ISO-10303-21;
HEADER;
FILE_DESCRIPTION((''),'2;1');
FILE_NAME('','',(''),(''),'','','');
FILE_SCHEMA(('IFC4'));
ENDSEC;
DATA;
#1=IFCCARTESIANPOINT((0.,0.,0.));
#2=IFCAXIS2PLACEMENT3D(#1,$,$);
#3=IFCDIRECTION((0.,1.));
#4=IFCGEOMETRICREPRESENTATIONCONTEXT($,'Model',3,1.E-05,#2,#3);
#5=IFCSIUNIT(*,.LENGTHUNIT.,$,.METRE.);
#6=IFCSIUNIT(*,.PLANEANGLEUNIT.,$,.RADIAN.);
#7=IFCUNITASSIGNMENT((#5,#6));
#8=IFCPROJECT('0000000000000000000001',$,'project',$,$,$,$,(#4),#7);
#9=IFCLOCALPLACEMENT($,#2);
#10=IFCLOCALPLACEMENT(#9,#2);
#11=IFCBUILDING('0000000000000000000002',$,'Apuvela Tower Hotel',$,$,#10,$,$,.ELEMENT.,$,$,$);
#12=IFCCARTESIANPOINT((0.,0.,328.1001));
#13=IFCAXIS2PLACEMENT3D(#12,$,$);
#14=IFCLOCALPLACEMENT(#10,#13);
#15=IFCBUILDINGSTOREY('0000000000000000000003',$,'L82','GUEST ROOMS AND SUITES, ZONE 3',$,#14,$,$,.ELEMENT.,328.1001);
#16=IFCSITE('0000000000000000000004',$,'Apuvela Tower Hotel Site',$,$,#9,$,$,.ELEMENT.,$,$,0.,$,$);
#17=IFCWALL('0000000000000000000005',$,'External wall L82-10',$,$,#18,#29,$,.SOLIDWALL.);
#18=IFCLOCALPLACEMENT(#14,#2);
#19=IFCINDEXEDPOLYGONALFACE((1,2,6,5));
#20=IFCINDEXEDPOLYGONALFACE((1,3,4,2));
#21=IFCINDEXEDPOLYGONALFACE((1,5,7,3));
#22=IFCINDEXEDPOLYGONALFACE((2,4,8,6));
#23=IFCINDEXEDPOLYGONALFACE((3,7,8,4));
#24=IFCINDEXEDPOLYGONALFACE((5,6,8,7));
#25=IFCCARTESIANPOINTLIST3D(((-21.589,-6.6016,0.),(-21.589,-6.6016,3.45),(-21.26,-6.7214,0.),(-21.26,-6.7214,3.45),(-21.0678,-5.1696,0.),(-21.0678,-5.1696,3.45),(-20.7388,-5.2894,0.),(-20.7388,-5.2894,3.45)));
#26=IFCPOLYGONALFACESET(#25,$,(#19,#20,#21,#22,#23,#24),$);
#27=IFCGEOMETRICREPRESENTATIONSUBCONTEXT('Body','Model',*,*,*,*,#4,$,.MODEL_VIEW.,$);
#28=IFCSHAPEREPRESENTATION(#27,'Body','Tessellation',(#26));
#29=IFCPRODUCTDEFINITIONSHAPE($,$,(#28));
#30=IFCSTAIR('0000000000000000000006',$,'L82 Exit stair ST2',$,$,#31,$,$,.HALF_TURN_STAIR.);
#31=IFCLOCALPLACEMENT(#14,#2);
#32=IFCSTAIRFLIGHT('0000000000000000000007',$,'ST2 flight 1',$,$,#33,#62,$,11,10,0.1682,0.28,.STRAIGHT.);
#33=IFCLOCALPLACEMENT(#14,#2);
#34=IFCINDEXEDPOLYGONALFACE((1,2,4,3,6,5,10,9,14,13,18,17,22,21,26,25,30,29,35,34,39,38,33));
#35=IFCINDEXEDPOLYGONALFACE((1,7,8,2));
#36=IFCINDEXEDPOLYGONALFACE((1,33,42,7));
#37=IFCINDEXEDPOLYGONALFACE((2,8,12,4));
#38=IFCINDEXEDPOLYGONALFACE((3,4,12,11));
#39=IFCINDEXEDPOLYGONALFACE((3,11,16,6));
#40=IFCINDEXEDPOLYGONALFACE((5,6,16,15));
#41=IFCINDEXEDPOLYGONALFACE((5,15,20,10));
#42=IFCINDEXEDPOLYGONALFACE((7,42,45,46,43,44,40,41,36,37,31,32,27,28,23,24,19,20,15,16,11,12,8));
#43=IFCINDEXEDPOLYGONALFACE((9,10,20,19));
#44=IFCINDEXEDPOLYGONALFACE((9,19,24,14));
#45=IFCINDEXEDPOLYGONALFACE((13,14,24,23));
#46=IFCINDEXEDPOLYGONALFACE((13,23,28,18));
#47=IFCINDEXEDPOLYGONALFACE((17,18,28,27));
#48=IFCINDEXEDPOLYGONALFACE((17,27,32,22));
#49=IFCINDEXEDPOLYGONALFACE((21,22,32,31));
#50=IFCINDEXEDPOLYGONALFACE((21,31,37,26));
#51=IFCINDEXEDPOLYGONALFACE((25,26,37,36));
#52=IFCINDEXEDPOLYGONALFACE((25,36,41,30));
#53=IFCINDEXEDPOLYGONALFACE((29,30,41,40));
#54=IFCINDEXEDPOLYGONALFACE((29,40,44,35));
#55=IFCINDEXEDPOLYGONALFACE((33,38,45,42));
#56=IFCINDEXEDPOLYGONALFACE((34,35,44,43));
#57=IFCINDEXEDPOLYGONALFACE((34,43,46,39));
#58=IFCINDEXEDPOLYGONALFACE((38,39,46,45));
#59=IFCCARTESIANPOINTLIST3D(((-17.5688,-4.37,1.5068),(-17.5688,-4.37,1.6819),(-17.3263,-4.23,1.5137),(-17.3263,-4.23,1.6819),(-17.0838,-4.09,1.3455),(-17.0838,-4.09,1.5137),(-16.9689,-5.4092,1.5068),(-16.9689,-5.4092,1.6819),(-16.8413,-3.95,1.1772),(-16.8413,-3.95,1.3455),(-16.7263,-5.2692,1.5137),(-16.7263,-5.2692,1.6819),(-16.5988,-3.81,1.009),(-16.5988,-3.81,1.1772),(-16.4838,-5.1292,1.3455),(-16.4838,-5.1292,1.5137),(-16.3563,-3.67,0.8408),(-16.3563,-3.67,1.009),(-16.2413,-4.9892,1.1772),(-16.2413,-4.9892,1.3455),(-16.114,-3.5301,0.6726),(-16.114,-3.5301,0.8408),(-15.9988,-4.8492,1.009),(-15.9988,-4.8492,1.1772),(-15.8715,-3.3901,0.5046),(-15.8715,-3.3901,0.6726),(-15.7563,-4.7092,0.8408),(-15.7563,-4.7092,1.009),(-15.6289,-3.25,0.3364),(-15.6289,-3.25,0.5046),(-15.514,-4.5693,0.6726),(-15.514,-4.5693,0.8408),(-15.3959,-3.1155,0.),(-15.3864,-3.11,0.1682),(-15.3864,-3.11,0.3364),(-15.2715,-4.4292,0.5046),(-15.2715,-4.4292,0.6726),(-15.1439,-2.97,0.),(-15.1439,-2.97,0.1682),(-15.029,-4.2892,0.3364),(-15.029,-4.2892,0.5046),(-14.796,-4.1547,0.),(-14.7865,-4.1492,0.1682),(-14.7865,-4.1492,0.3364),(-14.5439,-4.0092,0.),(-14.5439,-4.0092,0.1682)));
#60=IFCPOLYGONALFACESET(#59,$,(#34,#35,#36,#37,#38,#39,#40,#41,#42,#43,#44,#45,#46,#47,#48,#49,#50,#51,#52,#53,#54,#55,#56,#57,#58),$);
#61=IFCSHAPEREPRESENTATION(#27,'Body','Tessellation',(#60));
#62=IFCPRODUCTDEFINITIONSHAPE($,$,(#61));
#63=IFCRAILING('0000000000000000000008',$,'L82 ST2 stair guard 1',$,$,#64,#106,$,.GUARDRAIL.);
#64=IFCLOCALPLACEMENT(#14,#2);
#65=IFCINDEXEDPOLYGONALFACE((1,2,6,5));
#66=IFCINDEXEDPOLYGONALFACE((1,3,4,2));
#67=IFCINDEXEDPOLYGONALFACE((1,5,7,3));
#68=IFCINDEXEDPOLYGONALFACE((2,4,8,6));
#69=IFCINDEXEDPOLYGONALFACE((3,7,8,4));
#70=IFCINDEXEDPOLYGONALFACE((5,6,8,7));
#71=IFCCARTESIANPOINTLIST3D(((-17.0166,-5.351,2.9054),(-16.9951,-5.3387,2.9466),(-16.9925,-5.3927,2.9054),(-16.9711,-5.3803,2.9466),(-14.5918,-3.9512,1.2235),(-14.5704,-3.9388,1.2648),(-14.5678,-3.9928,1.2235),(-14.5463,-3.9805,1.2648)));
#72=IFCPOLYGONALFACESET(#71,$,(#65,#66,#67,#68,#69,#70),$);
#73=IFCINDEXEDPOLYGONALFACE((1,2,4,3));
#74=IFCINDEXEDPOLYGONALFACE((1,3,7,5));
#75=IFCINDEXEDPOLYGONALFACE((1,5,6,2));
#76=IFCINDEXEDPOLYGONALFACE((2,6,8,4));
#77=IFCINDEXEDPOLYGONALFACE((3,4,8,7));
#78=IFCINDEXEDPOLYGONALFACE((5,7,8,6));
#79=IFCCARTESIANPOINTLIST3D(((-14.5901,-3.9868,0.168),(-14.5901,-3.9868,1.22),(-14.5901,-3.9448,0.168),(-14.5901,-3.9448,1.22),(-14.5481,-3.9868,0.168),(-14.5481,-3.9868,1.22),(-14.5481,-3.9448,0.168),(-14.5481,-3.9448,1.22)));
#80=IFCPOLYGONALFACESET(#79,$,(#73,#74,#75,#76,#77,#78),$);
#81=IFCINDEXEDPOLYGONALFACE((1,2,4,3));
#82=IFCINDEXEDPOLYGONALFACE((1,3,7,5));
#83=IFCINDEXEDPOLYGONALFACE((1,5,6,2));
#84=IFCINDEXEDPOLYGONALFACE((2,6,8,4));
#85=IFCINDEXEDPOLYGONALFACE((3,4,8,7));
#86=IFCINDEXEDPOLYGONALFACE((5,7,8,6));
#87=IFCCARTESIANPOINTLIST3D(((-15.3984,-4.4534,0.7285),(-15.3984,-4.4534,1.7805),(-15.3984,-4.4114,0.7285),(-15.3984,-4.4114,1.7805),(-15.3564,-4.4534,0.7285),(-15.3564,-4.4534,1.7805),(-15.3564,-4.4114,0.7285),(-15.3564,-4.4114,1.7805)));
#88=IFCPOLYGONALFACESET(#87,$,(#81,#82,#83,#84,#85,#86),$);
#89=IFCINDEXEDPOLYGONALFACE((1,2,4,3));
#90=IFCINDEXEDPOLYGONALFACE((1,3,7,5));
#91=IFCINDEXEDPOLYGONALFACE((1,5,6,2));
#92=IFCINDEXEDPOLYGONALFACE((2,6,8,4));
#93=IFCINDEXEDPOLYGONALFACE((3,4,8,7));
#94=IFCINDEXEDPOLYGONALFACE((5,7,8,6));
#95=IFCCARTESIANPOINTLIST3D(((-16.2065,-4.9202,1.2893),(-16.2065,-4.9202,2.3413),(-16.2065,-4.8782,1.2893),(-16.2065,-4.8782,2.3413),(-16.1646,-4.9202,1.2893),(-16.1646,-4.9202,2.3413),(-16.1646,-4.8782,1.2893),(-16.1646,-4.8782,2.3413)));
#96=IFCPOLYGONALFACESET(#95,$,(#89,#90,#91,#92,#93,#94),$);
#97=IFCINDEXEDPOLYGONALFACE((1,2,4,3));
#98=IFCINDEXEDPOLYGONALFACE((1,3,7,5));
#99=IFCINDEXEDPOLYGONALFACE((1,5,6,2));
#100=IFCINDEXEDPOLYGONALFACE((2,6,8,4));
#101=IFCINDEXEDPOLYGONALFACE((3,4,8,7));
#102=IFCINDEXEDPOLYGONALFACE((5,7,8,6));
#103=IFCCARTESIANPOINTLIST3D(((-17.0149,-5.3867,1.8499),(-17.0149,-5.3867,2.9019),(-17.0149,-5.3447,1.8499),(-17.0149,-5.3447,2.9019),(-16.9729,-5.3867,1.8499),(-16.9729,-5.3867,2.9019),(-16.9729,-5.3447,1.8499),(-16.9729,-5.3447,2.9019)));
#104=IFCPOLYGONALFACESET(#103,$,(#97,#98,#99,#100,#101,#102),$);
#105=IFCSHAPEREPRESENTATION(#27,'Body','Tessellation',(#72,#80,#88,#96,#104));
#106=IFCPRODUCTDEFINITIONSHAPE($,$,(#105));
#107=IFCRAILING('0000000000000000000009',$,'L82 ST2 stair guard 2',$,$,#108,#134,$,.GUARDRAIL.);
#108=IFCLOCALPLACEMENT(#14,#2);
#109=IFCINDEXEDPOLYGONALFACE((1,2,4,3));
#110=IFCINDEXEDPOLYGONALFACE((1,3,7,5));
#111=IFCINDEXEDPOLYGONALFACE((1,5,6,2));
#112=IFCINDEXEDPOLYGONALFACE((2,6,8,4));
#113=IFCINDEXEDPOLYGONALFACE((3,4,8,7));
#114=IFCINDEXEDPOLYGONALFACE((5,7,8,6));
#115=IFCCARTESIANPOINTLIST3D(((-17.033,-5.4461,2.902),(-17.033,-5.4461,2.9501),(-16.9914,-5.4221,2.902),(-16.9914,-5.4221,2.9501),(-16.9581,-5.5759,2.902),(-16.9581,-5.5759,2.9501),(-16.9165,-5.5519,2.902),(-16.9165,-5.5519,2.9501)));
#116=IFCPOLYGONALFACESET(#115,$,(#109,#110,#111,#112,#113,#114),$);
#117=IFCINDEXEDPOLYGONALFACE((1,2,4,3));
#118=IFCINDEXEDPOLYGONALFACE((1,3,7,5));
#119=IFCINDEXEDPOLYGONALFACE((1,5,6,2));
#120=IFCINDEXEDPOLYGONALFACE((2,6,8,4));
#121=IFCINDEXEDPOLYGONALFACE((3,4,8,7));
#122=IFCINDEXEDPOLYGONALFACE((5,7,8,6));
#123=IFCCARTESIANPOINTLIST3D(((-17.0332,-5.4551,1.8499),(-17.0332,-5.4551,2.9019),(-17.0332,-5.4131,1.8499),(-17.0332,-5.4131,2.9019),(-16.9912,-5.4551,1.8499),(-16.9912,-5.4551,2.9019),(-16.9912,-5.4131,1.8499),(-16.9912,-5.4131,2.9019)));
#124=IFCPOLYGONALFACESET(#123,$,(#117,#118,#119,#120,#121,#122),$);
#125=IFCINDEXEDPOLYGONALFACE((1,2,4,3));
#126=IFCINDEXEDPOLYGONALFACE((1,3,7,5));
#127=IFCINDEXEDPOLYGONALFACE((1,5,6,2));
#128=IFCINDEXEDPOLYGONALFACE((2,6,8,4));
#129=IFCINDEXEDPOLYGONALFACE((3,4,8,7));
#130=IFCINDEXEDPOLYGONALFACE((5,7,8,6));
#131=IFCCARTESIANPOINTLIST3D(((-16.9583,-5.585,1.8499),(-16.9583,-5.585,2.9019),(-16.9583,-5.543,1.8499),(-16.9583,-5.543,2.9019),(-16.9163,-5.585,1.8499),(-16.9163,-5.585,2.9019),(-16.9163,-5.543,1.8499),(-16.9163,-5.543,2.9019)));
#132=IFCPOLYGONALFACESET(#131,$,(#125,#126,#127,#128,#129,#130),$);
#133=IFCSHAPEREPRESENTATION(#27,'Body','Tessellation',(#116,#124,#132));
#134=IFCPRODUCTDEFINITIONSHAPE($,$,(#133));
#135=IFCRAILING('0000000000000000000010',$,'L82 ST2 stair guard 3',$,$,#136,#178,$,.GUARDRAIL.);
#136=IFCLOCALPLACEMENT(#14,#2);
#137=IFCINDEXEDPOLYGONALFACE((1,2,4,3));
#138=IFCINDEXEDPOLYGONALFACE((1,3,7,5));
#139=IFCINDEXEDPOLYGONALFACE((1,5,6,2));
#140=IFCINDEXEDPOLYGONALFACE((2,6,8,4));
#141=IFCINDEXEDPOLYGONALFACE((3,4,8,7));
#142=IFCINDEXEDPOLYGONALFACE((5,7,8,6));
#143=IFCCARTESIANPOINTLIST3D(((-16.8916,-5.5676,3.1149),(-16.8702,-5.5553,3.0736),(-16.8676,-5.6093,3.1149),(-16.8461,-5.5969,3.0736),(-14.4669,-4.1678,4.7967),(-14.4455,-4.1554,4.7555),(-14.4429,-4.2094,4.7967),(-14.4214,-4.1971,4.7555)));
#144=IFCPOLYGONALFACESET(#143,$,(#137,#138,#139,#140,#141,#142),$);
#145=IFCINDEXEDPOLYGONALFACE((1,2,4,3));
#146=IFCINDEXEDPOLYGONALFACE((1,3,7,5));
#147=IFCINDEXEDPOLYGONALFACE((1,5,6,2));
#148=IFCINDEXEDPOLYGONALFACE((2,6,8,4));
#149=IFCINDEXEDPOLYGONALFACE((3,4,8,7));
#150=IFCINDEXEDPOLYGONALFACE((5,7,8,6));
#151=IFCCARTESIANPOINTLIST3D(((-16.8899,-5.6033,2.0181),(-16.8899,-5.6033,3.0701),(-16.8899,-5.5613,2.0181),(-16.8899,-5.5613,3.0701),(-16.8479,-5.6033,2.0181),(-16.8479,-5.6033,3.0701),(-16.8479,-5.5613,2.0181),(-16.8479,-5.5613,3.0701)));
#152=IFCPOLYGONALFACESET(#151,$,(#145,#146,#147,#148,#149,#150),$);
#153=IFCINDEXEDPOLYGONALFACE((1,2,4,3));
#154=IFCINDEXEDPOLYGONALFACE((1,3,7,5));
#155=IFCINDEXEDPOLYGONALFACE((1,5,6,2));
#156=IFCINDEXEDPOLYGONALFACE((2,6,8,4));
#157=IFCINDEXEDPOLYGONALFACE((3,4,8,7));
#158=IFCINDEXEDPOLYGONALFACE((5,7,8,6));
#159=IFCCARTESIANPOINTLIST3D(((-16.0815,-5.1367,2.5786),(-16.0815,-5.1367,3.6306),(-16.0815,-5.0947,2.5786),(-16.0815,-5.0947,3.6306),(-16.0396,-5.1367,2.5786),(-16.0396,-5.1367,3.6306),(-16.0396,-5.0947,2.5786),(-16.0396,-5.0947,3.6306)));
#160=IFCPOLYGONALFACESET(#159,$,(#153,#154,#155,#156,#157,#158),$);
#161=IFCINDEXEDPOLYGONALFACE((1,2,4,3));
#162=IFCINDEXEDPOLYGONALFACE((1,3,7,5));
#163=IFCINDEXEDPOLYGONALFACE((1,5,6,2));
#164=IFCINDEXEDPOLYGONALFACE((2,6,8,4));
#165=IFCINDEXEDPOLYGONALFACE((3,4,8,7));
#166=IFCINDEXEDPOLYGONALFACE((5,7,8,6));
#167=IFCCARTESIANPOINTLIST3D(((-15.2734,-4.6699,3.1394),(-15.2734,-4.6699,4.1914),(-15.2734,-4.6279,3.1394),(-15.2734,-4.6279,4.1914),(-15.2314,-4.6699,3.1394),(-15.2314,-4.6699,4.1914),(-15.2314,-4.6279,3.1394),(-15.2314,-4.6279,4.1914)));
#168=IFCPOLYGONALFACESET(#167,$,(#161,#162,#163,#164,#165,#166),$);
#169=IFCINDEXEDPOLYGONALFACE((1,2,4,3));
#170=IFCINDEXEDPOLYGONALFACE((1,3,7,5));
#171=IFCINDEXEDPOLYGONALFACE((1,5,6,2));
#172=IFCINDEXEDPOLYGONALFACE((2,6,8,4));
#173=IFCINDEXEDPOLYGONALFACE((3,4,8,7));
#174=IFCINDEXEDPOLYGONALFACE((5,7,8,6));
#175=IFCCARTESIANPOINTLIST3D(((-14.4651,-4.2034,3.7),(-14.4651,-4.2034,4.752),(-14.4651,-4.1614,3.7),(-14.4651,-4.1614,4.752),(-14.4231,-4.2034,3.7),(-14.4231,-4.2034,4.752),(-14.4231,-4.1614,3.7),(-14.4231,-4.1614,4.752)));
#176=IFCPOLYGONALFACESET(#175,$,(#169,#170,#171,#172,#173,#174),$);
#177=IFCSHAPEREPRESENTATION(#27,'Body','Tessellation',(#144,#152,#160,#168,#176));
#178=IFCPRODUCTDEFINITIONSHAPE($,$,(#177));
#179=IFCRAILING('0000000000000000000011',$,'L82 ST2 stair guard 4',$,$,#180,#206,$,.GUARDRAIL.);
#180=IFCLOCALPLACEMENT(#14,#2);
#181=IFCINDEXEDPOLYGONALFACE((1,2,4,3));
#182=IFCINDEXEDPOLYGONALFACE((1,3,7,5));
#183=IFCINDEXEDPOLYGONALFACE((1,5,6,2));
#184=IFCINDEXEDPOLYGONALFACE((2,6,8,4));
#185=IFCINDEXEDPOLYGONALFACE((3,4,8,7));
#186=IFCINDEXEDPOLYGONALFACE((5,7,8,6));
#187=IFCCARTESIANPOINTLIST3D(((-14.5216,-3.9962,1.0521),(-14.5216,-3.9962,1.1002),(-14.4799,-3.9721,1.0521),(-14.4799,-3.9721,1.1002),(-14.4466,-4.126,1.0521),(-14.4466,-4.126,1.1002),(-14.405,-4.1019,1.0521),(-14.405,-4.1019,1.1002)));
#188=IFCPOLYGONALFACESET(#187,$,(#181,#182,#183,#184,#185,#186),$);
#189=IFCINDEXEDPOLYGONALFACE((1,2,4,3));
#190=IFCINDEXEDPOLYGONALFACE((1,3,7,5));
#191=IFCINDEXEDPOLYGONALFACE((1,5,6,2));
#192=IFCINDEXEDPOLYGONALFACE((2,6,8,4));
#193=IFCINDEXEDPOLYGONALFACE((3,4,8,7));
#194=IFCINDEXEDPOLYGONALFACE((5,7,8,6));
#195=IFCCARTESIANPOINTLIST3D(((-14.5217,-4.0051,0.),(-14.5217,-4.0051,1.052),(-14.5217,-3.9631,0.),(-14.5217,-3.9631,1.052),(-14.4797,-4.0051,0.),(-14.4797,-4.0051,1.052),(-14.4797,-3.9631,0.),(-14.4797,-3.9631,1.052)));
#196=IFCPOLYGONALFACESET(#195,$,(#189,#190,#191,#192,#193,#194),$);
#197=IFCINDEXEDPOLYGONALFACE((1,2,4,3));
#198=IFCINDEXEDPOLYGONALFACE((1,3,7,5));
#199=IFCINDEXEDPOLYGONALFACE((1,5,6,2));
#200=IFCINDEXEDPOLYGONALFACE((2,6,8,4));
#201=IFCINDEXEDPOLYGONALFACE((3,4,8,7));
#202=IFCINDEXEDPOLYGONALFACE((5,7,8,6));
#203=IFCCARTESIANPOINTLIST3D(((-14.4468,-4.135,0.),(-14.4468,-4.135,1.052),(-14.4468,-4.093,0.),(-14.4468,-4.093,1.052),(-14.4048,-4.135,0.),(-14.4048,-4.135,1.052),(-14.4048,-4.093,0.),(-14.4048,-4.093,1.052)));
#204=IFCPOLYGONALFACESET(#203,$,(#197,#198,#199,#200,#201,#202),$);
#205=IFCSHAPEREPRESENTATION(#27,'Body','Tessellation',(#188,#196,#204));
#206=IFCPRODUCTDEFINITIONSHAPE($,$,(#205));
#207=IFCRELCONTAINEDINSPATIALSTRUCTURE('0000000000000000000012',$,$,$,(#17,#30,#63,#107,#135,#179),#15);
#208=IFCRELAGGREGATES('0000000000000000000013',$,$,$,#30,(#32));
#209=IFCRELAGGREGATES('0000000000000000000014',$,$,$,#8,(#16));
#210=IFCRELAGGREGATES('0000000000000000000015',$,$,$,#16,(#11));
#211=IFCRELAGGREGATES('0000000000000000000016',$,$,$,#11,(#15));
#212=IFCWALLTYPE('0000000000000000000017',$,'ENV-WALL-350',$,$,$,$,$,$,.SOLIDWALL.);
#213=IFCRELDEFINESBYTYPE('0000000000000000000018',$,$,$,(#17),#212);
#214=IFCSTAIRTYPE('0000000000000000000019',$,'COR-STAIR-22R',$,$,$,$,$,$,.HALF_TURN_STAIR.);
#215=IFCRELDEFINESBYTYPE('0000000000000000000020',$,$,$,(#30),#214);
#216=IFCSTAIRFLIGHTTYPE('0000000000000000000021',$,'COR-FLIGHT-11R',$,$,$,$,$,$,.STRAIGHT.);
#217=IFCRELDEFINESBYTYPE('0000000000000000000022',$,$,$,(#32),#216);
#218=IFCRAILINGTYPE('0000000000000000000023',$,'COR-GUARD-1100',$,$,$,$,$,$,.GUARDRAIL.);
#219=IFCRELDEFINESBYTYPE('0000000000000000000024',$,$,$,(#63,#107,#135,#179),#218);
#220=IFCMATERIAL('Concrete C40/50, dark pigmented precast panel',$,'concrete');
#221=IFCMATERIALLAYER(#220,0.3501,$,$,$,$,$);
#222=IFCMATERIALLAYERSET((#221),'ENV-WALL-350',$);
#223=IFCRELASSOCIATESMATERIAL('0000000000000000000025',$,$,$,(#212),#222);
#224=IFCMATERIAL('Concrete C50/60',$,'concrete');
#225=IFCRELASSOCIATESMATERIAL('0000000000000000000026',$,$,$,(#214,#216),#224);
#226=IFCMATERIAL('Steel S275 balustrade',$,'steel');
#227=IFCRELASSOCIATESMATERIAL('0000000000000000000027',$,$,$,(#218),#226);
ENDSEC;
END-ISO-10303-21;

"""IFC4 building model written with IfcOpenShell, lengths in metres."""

from ifc_helpers import new_model, si_unit, direction, frame, frame_2d, origin, origin_2d, place, context, subcontext, project, spatial, polyline, rectangle, outline, extrude, material, layer, layer_set, type_object, element, aggregate, save


model = new_model("IFC4")

# Units and contexts
model_context = context("Model", 3, precision=1e-05, world=origin(), true_north=direction((0.0, 1.0)))
body_context = subcontext(model_context, "Body", "Model", "MODEL_VIEW")
ifc_project = project(units=[si_unit("LENGTHUNIT", "METRE"), si_unit("PLANEANGLEUNIT", "RADIAN")], contexts=[model_context])

# Site, building, storey
site_placement = place(None, origin())
site = spatial("IfcSite", under=ifc_project, at=site_placement, Name="Apuvela Tower Hotel Site", CompositionType="ELEMENT", RefElevation=0.0)
building_placement = place(site_placement, origin())
building = spatial("IfcBuilding", under=site, at=building_placement, Name="Apuvela Tower Hotel", CompositionType="ELEMENT")
storey_placement = place(building_placement, frame((0.0, 0.0, 328.1001)))
storey = spatial("IfcBuildingStorey", under=building, at=storey_placement, Name="L82", Description="GUEST ROOMS AND SUITES, ZONE 3", CompositionType="ELEMENT", Elevation=328.1001)

# Shared definitions
ifc_material_1 = material(Name="Concrete C50/60", Category="concrete")

# Shared definitions
ifc_material_2 = material(Name="Concrete C40/50, dark pigmented precast panel", Category="concrete")
ifc_layer_1 = layer(ifc_material_2, 0.3501)
ifc_layer_set_1 = layer_set([ifc_layer_1], Name="ENV-WALL-350")
wall_type_1 = type_object("IfcWallType", Name="ENV-WALL-350", PredefinedType="SOLIDWALL", material=ifc_layer_set_1)

# Wall
wall_1_placement = place(storey_placement, frame((-20.9033, -5.2295, 0.0), z_axis=(0.0, 0.0, 1.0), x_axis=(-0.342013, -0.939695, 0.0)))
element("IfcWall", 1, at=wall_1_placement, inside=storey, type_object=wall_type_1, Name="External wall L82-10", PredefinedType="SOLIDWALL", context=body_context, shape_type="SweptSolid", body=[
    extrude(rectangle(XDim=1.5239, YDim=0.3501, at=frame_2d((0.762, 0.0))), origin(), (0.0, 0.0, 1.0), 3.45),
])

# Stair, stair flight
stair_type = type_object("IfcStairType", Name="COR-STAIR-22R", PredefinedType="HALF_TURN_STAIR", material=ifc_material_1)
stair_placement = place(storey_placement, origin())
stair = element("IfcStair", 2, at=stair_placement, inside=storey, type_object=stair_type, Name="L82 Exit stair ST2", PredefinedType="HALF_TURN_STAIR")
stair_flight_type = type_object("IfcStairFlightType", Name="COR-FLIGHT-11R", PredefinedType="STRAIGHT", material=ifc_material_1)
stair_flight_placement = place(storey_placement, frame((-14.844, -3.4895, 0.0), z_axis=(0.0, 0.0, 1.0), x_axis=(-0.866025, -0.5, 0.0)))
stair_flight = element("IfcStairFlight", 3, at=stair_flight_placement, type_object=stair_flight_type, Name="ST2 flight 1", NumberOfRisers=11, NumberOfTreads=10, PredefinedType="STRAIGHT", RiserHeight=0.1682, TreadLength=0.28, context=body_context, shape_type="SweptSolid", body=[
    extrude(outline(polyline([(0.0, 0.0), (0.0, 0.1682), (0.28, 0.1682), (0.28, 0.3364), (0.5601, 0.3364), (0.5601, 0.5046), (0.8401, 0.5046), (0.8401, 0.6726), (1.1201, 0.6726), (1.1201, 0.8408), (1.3999, 0.8408), (1.3999, 1.009), (1.6799, 1.009), (1.6799, 1.1772), (1.96, 1.1772), (1.96, 1.3455), (2.24, 1.3455), (2.24, 1.5137), (2.52, 1.5137), (2.52, 1.6819), (2.8, 1.6819), (2.8, 1.8501), (2.8, 1.5068), (0.291, 0.0), (0.0, 0.0)])), frame((0.0, 0.6001, 0.0), z_axis=(0.0, -1.0, 0.0), x_axis=(1.0, 0.0, 0.0)), (0.0, 0.0, 1.0), 1.2),
])
aggregate(stair, [stair_flight])

# Railings
ifc_material_3 = material(Name="Steel S275 balustrade", Category="steel")
railing_type_1 = type_object("IfcRailingType", Name="COR-GUARD-1100", PredefinedType="GUARDRAIL", material=ifc_material_3)
railing_1_placement = place(storey_placement, frame((-14.5691, -3.9658, 0.168)))
element("IfcRailing", 4, at=railing_1_placement, inside=storey, type_object=railing_type_1, Name="L82 ST2 stair guard 1", PredefinedType="GUARDRAIL", context=body_context, shape_type="SweptSolid", body=[
    extrude(rectangle(XDim=0.0481, YDim=0.0481, at=origin_2d()), frame((0.0, 0.0, 1.0762), z_axis=(-0.74239, -0.428601, 0.514934), x_axis=(0.499984, -0.866035, 0.0)), (0.0, 0.0, 1.0), 3.2661),
    extrude(rectangle(XDim=0.042, YDim=0.042, at=origin_2d()), origin(), (0.0, 0.0, 1.0), 1.052),
    extrude(rectangle(XDim=0.042, YDim=0.042, at=origin_2d()), frame((-0.8083, -0.4666, 0.5605)), (0.0, 0.0, 1.0), 1.052),
    extrude(rectangle(XDim=0.042, YDim=0.042, at=origin_2d()), frame((-1.6165, -0.9333, 1.1213)), (0.0, 0.0, 1.0), 1.052),
    extrude(rectangle(XDim=0.042, YDim=0.042, at=origin_2d()), frame((-2.4248, -1.3999, 1.6819)), (0.0, 0.0, 1.0), 1.052),
])
railing_2_placement = place(storey_placement, frame((-17.0122, -5.4341, 1.8499)))
element("IfcRailing", 5, at=railing_2_placement, inside=storey, type_object=railing_type_1, Name="L82 ST2 stair guard 2", PredefinedType="GUARDRAIL", context=body_context, shape_type="SweptSolid", body=[
    extrude(rectangle(XDim=0.0481, YDim=0.0481, at=origin_2d()), frame((0.0, 0.0, 1.0762), z_axis=(0.499816, -0.866131, 0.0), x_axis=(0.866131, 0.499816, 0.0)), (0.0, 0.0, 1.0), 0.1499),
    extrude(rectangle(XDim=0.042, YDim=0.042, at=origin_2d()), origin(), (0.0, 0.0, 1.0), 1.052),
    extrude(rectangle(XDim=0.042, YDim=0.042, at=origin_2d()), frame((0.075, -0.1299, 0.0)), (0.0, 0.0, 1.0), 1.052),
])
railing_3_placement = place(storey_placement, frame((-16.8689, -5.5823, 2.0181)))
element("IfcRailing", 6, at=railing_3_placement, inside=storey, type_object=railing_type_1, Name="L82 ST2 stair guard 3", PredefinedType="GUARDRAIL", context=body_context, shape_type="SweptSolid", body=[
    extrude(rectangle(XDim=0.0481, YDim=0.0481, at=origin_2d()), frame((0.0, 0.0, 1.0762), z_axis=(0.74239, 0.428601, 0.514934), x_axis=(-0.499984, 0.866035, 0.0)), (0.0, 0.0, 1.0), 3.2661),
    extrude(rectangle(XDim=0.042, YDim=0.042, at=origin_2d()), origin(), (0.0, 0.0, 1.0), 1.052),
    extrude(rectangle(XDim=0.042, YDim=0.042, at=origin_2d()), frame((0.8083, 0.4666, 0.5605)), (0.0, 0.0, 1.0), 1.052),
    extrude(rectangle(XDim=0.042, YDim=0.042, at=origin_2d()), frame((1.6165, 0.9333, 1.1213)), (0.0, 0.0, 1.0), 1.052),
    extrude(rectangle(XDim=0.042, YDim=0.042, at=origin_2d()), frame((2.4248, 1.3999, 1.6819)), (0.0, 0.0, 1.0), 1.052),
])
railing_4_placement = place(storey_placement, frame((-14.5007, -3.9841, 0.0)))
element("IfcRailing", 7, at=railing_4_placement, inside=storey, type_object=railing_type_1, Name="L82 ST2 stair guard 4", PredefinedType="GUARDRAIL", context=body_context, shape_type="SweptSolid", body=[
    extrude(rectangle(XDim=0.0481, YDim=0.0481, at=origin_2d()), frame((0.0, 0.0, 1.0762), z_axis=(0.499816, -0.866131, 0.0), x_axis=(0.866131, 0.499816, 0.0)), (0.0, 0.0, 1.0), 0.1499),
    extrude(rectangle(XDim=0.042, YDim=0.042, at=origin_2d()), origin(), (0.0, 0.0, 1.0), 1.052),
    extrude(rectangle(XDim=0.042, YDim=0.042, at=origin_2d()), frame((0.075, -0.1299, 0.0)), (0.0, 0.0, 1.0), 1.052),
])

save(model, "model.ifc")
